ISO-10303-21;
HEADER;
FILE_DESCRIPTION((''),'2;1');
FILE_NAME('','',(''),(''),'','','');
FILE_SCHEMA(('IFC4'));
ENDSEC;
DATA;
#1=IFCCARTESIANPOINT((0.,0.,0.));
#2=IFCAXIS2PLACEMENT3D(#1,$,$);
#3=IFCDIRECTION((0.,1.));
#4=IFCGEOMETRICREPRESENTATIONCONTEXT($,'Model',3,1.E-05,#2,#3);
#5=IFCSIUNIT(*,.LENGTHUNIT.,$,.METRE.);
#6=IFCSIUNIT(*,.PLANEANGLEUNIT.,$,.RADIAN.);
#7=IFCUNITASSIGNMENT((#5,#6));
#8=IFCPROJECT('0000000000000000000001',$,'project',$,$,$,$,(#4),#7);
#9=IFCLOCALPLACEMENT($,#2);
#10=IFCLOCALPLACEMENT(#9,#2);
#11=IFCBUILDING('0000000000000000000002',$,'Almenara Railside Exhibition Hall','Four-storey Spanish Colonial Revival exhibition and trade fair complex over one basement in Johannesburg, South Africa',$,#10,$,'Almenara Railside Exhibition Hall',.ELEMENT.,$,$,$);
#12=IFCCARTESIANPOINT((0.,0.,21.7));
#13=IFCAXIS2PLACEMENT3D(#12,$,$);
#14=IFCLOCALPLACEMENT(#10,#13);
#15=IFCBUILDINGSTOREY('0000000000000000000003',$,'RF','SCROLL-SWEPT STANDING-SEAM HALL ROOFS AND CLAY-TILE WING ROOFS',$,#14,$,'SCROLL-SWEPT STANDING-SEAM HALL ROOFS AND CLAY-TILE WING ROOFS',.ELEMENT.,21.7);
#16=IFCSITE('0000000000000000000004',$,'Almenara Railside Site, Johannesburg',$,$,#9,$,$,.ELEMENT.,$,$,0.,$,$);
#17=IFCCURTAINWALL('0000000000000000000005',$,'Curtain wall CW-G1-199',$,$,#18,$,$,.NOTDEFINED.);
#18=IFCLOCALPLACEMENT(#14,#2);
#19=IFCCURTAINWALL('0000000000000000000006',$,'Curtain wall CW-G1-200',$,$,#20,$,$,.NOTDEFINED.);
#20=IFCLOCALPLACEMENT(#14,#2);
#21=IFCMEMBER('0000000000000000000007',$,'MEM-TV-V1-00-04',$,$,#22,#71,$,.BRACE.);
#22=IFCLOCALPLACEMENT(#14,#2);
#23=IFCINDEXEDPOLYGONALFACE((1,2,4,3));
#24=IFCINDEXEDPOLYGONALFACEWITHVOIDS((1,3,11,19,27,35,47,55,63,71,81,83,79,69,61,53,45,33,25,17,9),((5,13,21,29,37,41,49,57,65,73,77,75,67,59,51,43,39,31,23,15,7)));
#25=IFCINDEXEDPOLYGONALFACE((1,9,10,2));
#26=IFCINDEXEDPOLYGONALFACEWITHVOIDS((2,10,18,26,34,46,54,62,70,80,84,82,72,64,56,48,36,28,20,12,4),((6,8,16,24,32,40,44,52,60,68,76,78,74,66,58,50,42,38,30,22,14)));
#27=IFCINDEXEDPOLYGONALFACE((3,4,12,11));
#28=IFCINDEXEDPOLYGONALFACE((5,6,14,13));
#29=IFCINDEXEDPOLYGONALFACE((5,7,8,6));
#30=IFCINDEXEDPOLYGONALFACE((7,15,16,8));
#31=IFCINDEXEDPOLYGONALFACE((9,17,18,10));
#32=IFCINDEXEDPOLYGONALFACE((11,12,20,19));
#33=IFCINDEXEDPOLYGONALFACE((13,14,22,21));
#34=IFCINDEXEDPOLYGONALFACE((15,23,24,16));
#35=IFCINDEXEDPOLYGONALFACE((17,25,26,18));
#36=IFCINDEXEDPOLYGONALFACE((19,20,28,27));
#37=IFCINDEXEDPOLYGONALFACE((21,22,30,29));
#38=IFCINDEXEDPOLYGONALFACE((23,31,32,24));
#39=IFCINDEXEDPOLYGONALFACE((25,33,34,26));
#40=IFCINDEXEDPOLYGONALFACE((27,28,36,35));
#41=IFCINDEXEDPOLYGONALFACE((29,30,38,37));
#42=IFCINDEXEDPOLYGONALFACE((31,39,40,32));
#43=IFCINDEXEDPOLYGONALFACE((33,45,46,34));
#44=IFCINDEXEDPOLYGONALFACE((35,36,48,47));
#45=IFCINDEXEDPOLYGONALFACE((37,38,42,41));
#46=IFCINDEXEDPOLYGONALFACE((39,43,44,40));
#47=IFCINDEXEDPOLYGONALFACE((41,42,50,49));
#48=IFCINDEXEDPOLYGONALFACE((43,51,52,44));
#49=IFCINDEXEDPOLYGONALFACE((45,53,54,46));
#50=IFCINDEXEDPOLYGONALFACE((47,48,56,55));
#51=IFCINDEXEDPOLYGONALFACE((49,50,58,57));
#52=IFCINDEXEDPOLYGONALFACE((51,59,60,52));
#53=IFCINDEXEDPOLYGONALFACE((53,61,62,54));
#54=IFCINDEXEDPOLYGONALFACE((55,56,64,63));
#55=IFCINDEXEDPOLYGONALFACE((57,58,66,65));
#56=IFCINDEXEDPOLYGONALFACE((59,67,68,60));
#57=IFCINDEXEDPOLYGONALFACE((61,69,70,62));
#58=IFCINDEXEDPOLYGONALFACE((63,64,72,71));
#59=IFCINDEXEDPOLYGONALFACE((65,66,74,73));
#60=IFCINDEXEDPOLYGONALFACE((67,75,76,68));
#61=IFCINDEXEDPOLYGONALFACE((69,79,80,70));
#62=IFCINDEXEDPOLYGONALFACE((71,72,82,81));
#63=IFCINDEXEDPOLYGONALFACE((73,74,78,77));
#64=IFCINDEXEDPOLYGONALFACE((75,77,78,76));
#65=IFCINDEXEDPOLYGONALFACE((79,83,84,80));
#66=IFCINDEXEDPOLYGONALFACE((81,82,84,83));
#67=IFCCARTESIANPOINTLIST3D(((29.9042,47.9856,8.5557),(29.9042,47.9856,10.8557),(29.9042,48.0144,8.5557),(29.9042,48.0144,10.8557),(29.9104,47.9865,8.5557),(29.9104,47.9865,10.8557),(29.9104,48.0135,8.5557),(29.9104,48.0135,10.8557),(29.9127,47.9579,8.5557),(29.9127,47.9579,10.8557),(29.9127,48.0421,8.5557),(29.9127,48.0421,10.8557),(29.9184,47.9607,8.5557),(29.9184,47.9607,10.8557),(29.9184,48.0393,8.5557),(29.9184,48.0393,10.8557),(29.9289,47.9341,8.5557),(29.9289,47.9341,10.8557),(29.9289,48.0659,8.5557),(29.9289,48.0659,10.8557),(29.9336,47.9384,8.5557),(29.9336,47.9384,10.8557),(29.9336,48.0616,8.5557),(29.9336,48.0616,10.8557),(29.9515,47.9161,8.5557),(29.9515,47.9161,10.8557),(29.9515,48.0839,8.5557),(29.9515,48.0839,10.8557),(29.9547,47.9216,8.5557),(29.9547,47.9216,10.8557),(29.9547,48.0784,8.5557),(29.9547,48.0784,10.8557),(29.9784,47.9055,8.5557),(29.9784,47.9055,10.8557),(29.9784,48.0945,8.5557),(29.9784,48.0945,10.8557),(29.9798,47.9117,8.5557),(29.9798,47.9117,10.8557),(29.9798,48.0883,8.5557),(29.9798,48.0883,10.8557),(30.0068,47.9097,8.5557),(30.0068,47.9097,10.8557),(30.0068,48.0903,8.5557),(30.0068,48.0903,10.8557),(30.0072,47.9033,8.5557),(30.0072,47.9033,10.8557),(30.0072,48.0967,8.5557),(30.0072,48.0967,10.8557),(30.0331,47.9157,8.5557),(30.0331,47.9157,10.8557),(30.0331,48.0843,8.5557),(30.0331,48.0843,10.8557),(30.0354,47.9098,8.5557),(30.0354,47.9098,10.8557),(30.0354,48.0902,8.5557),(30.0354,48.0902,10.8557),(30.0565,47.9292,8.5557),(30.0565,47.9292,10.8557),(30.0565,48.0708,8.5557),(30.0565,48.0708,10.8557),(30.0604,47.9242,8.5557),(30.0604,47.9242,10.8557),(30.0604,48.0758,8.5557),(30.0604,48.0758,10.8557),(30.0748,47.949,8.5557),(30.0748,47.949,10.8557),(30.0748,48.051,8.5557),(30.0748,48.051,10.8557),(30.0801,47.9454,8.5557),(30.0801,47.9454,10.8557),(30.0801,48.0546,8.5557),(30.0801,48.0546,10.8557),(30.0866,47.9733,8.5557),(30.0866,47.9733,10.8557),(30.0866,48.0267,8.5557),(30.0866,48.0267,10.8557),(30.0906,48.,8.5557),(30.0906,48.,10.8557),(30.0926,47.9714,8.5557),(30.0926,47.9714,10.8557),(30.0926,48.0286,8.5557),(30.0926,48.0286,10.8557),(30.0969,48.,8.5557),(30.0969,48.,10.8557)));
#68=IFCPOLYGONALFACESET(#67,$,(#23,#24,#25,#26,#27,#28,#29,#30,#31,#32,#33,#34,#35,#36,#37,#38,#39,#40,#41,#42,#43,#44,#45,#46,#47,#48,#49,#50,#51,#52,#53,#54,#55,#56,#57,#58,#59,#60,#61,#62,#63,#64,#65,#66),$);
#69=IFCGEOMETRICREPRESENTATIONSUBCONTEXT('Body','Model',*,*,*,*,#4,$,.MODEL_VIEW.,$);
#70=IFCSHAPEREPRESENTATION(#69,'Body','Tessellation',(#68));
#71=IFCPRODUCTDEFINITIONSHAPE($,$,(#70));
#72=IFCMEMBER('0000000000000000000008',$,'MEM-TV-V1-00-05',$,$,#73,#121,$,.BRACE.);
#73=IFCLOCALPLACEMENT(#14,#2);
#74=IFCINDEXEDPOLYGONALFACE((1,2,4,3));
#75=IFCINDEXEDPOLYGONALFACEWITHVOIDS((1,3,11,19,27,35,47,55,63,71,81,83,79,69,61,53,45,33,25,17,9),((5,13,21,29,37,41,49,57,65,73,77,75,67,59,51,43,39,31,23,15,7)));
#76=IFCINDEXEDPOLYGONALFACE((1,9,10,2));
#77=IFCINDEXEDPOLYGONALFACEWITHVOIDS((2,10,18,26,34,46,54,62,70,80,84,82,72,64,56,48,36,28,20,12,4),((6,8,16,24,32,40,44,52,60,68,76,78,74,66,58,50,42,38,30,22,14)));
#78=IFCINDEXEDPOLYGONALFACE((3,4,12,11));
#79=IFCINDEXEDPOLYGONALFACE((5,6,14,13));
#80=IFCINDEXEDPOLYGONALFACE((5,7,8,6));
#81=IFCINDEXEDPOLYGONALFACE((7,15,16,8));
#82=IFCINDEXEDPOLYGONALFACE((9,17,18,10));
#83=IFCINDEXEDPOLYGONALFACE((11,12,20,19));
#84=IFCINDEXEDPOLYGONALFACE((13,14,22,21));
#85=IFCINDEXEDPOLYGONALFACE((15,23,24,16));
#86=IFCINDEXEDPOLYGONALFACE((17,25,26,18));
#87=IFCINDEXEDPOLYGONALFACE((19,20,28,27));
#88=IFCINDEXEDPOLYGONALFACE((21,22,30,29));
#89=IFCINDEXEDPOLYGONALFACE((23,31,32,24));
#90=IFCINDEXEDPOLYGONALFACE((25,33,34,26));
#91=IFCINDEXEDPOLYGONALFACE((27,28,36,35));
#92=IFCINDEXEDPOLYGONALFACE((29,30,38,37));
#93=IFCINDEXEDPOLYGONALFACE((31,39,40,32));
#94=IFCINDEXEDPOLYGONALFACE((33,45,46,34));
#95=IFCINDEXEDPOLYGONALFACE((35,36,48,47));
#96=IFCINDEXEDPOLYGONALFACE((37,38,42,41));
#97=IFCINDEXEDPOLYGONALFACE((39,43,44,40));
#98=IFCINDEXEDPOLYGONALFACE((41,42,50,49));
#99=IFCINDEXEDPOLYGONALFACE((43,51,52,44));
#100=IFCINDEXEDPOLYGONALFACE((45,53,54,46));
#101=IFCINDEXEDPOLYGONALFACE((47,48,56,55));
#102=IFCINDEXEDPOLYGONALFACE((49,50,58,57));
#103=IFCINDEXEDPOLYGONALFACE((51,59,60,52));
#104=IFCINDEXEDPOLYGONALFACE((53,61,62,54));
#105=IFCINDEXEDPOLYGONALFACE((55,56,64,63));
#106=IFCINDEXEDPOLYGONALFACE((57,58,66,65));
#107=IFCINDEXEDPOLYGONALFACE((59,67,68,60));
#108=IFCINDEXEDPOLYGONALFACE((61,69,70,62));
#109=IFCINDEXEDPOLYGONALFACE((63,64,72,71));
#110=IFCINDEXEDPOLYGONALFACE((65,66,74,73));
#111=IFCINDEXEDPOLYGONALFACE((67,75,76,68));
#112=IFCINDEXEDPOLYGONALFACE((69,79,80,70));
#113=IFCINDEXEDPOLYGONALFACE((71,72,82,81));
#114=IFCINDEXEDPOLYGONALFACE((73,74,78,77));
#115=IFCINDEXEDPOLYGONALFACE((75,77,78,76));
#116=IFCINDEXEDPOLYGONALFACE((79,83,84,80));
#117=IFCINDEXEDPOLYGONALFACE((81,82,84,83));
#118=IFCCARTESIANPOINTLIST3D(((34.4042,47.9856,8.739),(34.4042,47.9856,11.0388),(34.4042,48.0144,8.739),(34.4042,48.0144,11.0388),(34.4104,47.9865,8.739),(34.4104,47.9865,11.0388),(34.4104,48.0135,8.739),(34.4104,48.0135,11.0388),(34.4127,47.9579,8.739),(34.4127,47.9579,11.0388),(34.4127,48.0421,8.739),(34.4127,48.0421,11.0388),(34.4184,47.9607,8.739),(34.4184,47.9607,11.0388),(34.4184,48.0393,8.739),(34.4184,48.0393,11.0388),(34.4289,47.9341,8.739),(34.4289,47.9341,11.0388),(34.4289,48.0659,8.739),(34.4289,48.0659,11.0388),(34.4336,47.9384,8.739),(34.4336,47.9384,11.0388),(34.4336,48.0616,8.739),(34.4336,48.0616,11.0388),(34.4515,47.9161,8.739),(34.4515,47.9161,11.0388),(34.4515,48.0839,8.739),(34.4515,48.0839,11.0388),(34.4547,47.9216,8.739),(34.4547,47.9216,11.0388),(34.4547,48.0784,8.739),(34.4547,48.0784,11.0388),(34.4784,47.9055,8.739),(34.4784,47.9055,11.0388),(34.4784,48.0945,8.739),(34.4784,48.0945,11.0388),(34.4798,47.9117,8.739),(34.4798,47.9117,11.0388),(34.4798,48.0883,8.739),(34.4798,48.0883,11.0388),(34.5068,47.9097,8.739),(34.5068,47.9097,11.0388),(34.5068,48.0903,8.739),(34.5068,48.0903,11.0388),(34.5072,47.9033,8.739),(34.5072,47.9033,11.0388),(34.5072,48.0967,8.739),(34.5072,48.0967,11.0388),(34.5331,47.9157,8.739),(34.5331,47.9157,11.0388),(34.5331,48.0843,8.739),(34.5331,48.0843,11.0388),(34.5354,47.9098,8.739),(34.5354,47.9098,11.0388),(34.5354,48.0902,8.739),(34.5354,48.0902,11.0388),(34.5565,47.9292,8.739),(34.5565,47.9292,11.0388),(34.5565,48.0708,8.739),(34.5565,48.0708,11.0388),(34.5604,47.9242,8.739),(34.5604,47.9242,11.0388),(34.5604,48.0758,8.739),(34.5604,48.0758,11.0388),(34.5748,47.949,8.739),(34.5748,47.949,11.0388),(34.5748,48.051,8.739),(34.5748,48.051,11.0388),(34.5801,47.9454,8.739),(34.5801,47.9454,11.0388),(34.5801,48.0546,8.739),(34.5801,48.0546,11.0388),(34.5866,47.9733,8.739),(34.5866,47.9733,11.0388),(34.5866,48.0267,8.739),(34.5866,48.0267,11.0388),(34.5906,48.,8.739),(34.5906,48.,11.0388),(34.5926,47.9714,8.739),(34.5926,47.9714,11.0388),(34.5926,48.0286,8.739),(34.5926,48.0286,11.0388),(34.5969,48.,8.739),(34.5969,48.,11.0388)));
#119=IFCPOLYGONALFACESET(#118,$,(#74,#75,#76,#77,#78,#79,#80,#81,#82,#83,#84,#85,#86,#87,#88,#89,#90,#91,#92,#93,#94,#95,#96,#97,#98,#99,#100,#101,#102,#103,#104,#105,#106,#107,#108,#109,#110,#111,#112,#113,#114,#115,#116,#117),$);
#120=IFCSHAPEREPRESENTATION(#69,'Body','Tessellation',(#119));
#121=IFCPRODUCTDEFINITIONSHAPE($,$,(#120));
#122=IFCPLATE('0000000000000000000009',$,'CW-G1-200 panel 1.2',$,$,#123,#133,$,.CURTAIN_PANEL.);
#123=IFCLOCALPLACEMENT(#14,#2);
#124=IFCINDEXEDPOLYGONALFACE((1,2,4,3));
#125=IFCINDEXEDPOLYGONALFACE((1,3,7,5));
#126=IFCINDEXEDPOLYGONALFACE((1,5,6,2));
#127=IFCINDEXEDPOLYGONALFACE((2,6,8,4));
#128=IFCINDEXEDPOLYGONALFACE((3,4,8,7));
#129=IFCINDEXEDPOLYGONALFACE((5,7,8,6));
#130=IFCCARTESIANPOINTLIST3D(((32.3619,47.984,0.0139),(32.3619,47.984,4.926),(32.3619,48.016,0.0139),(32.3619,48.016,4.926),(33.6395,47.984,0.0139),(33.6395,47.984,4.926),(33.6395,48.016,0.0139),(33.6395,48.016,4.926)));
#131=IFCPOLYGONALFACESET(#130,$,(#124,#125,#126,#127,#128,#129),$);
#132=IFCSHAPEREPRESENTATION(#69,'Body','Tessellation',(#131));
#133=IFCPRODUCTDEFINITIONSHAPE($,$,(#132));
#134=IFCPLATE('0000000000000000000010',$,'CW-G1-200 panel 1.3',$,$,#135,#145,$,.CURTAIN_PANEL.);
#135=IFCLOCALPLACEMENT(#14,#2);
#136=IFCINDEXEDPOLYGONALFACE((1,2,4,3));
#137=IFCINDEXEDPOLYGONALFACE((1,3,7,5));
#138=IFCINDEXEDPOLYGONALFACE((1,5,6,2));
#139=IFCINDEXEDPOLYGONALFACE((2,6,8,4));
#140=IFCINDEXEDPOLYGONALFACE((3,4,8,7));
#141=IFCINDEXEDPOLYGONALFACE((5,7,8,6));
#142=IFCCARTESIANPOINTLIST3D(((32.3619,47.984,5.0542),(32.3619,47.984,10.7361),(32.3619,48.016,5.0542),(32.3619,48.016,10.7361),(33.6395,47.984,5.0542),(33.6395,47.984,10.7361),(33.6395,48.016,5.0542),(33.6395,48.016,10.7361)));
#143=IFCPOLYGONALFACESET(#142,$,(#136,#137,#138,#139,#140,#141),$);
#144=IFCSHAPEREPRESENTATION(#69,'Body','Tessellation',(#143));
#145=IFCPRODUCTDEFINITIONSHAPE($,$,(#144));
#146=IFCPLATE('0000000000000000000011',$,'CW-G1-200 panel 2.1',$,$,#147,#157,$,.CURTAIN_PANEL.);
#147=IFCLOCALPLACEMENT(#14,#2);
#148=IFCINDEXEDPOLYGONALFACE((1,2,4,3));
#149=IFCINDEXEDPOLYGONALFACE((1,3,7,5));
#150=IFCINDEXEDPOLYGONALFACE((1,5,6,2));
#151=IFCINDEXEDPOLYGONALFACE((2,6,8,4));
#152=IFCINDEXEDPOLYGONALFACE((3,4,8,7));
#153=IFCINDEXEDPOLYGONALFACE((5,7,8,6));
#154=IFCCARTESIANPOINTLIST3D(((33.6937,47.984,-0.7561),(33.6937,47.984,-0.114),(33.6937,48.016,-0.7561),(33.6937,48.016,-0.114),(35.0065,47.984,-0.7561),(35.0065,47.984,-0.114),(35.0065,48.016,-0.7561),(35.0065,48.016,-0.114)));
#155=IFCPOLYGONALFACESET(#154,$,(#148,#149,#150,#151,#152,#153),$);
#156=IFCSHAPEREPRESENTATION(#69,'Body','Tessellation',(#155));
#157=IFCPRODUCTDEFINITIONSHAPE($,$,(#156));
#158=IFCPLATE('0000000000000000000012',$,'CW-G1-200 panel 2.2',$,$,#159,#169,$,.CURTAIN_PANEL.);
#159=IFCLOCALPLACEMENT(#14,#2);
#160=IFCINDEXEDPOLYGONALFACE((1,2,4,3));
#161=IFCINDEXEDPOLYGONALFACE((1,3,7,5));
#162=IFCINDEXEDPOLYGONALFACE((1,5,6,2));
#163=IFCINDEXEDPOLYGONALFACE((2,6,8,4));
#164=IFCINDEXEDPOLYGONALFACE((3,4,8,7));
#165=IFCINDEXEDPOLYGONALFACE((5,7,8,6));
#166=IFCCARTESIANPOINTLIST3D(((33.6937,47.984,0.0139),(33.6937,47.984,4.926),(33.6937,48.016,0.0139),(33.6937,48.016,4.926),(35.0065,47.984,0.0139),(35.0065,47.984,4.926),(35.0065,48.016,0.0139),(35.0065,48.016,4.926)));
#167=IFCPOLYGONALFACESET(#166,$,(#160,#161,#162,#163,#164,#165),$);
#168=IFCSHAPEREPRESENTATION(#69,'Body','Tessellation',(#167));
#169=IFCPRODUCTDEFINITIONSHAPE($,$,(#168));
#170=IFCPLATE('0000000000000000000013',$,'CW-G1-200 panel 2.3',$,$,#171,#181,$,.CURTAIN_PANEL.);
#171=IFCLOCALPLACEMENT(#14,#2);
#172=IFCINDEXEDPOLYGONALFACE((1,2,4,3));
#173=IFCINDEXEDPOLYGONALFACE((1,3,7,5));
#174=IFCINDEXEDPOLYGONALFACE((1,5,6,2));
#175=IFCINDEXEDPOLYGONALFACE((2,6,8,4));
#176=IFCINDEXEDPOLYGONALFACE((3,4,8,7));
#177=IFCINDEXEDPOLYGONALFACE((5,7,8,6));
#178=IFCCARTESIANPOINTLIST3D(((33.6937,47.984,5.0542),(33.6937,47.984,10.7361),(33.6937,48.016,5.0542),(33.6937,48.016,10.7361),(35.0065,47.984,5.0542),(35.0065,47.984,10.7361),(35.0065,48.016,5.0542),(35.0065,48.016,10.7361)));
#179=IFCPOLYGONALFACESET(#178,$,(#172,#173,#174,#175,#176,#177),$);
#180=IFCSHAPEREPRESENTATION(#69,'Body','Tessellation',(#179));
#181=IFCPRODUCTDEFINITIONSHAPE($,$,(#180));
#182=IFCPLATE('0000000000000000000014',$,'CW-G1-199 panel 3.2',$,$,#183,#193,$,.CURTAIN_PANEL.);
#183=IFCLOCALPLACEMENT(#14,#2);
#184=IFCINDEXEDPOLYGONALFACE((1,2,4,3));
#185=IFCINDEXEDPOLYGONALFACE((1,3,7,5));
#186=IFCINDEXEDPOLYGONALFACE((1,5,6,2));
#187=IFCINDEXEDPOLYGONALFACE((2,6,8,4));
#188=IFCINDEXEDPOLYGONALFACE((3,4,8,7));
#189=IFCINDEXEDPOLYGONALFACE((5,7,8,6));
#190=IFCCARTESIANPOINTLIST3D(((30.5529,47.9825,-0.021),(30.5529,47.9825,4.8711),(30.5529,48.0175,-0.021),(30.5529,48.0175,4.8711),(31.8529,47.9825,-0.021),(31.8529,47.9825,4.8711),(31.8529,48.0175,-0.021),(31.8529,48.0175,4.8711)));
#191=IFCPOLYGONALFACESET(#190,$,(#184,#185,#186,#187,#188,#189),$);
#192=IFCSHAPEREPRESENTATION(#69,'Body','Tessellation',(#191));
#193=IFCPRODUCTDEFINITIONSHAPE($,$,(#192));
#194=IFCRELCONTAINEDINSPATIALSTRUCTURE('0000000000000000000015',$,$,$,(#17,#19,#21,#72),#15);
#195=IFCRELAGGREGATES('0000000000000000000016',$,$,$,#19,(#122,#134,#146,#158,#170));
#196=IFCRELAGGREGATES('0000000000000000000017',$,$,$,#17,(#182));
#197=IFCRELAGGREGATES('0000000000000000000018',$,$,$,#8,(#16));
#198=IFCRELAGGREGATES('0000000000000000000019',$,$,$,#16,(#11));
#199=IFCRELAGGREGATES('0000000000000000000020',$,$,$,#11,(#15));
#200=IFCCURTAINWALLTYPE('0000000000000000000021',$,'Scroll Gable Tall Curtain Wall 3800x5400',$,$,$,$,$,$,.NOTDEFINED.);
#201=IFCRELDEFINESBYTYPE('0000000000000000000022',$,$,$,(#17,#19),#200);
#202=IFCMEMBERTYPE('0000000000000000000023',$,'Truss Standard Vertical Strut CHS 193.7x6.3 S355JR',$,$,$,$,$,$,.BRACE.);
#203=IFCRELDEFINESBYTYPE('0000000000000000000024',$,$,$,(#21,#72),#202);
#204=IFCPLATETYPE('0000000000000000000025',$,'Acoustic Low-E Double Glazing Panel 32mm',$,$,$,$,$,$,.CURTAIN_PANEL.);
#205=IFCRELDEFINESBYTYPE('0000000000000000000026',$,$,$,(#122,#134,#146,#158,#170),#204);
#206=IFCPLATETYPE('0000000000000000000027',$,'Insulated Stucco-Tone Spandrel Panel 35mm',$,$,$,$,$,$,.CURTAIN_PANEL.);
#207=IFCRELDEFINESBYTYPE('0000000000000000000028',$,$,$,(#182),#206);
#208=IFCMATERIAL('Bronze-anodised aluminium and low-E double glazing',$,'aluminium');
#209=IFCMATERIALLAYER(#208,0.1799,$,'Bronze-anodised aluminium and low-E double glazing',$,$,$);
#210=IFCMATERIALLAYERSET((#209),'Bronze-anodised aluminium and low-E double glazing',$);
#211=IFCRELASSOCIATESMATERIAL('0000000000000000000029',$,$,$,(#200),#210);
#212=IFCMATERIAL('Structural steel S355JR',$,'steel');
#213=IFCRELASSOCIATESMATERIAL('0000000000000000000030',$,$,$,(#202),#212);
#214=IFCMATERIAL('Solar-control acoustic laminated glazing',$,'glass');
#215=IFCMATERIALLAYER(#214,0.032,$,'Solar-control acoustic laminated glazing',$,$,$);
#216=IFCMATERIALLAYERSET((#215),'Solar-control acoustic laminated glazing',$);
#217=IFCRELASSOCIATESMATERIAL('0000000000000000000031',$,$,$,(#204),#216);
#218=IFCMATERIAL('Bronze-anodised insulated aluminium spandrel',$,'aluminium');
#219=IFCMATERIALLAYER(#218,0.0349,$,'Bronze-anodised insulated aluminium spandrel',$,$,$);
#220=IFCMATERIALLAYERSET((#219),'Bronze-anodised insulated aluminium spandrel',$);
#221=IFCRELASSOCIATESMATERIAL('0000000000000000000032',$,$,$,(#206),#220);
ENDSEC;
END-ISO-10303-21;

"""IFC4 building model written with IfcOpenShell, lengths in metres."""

from ifc_helpers import new_model, si_unit, direction, frame, origin, origin_2d, place, context, subcontext, project, spatial, rectangle, hollow_circle, extrude, material, layer, layer_set, material_profile, profile_set, type_object, element, aggregate, save


model = new_model("IFC4")

# Units and contexts
model_context = context("Model", 3, precision=1e-05, world=origin(), true_north=direction((0.0, 1.0)))
body_context = subcontext(model_context, "Body", "Model", "MODEL_VIEW")
ifc_project = project(units=[si_unit("LENGTHUNIT", "METRE"), si_unit("PLANEANGLEUNIT", "RADIAN")], contexts=[model_context])

# Site, building, storey
site_placement = place(None, origin())
site = spatial("IfcSite", under=ifc_project, at=site_placement, Name="Almenara Railside Site, Johannesburg", CompositionType="ELEMENT", RefElevation=0.0)
building_placement = place(site_placement, origin())
building = spatial("IfcBuilding", under=site, at=building_placement, Name="Almenara Railside Exhibition Hall", Description="Four-storey Spanish Colonial Revival exhibition and trade fair complex over one basement in Johannesburg, South Africa", LongName="Almenara Railside Exhibition Hall", CompositionType="ELEMENT")
storey_placement = place(building_placement, frame((0.0, 0.0, 21.7)))
storey = spatial("IfcBuildingStorey", under=building, at=storey_placement, Name="RF", Description="SCROLL-SWEPT STANDING-SEAM HALL ROOFS AND CLAY-TILE WING ROOFS", LongName="SCROLL-SWEPT STANDING-SEAM HALL ROOFS AND CLAY-TILE WING ROOFS", CompositionType="ELEMENT", Elevation=21.7)

# Shared definitions
ifc_material_1 = material(Name="Structural steel S355JR", Category="steel")

# Curtain walls
ifc_material_2 = material(Name="Bronze-anodised aluminium and low-E double glazing", Category="aluminium")
ifc_layer_1 = layer(ifc_material_2, 0.1799, Name="Bronze-anodised aluminium and low-E double glazing")
ifc_layer_set_1 = layer_set([ifc_layer_1], Name="Bronze-anodised aluminium and low-E double glazing")
curtain_wall_type = type_object("IfcCurtainWallType", Name="Scroll Gable Tall Curtain Wall 3800x5400", PredefinedType="NOTDEFINED", material=ifc_layer_set_1)
curtain_wall_1_placement = place(storey_placement, origin())
curtain_wall_1 = element("IfcCurtainWall", 1, at=curtain_wall_1_placement, inside=storey, type_object=curtain_wall_type, Name="Curtain wall CW-G1-199", PredefinedType="NOTDEFINED")
curtain_wall_2_placement = place(storey_placement, origin())
curtain_wall_2 = element("IfcCurtainWall", 2, at=curtain_wall_2_placement, inside=storey, type_object=curtain_wall_type, Name="Curtain wall CW-G1-200", PredefinedType="NOTDEFINED")

# Members
ifc_material_profile_1 = material_profile(ifc_material_1, hollow_circle(Radius=0.0969, WallThickness=0.0063, at=origin_2d()), Name="CHS 193.7x6.3")
ifc_profile_set_1 = profile_set([ifc_material_profile_1], Name="Structural steel S355JR")
member_type_1 = type_object("IfcMemberType", Name="Truss Standard Vertical Strut CHS 193.7x6.3 S355JR", PredefinedType="BRACE", material=ifc_profile_set_1)
member_1_placement = place(storey_placement, frame((30.0, 48.0, 8.5557), z_axis=(0.0, 0.0, 1.0), x_axis=(1.0, 0.0, 0.0)))
element("IfcMember", 3, at=member_1_placement, inside=storey, type_object=member_type_1, Name="MEM-TV-V1-00-04", PredefinedType="BRACE", context=body_context, shape_type="SweptSolid", body=[
    extrude(hollow_circle(Radius=0.0969, WallThickness=0.0063, at=origin_2d()), origin(), (0.0, 0.0, 1.0), 2.3),
])
member_2_placement = place(storey_placement, frame((34.5, 48.0, 8.739), z_axis=(0.0, 0.0, 1.0), x_axis=(1.0, 0.0, 0.0)))
element("IfcMember", 4, at=member_2_placement, inside=storey, type_object=member_type_1, Name="MEM-TV-V1-00-05", PredefinedType="BRACE", context=body_context, shape_type="SweptSolid", body=[
    extrude(hollow_circle(Radius=0.0969, WallThickness=0.0063, at=origin_2d()), origin(), (0.0, 0.0, 1.0), 2.2998),
])

# Plates
ifc_material_3 = material(Name="Solar-control acoustic laminated glazing", Category="glass")
ifc_layer_2 = layer(ifc_material_3, 0.032, Name="Solar-control acoustic laminated glazing")
ifc_layer_set_2 = layer_set([ifc_layer_2], Name="Solar-control acoustic laminated glazing")
plate_type_1 = type_object("IfcPlateType", Name="Acoustic Low-E Double Glazing Panel 32mm", PredefinedType="CURTAIN_PANEL", material=ifc_layer_set_2)
plate_1_placement = place(storey_placement, frame((33.0007, 48.0, 0.0139), z_axis=(0.0, 0.0, 1.0), x_axis=(1.0, 0.0, 0.0)))
plate_1 = element("IfcPlate", 5, at=plate_1_placement, type_object=plate_type_1, Name="CW-G1-200 panel 1.2", PredefinedType="CURTAIN_PANEL", context=body_context, shape_type="SweptSolid", body=[
    extrude(rectangle(XDim=1.2776, YDim=0.032, at=origin_2d()), origin(), (0.0, 0.0, 1.0), 4.9121),
])
plate_2_placement = place(storey_placement, frame((33.0007, 48.0, 5.0542), z_axis=(0.0, 0.0, 1.0), x_axis=(1.0, 0.0, 0.0)))
plate_2 = element("IfcPlate", 6, at=plate_2_placement, type_object=plate_type_1, Name="CW-G1-200 panel 1.3", PredefinedType="CURTAIN_PANEL", context=body_context, shape_type="SweptSolid", body=[
    extrude(rectangle(XDim=1.2776, YDim=0.032, at=origin_2d()), origin(), (0.0, 0.0, 1.0), 5.6819),
])
plate_3_placement = place(storey_placement, frame((34.3501, 48.0, -0.7561), z_axis=(0.0, 0.0, 1.0), x_axis=(1.0, 0.0, 0.0)))
plate_3 = element("IfcPlate", 7, at=plate_3_placement, type_object=plate_type_1, Name="CW-G1-200 panel 2.1", PredefinedType="CURTAIN_PANEL", context=body_context, shape_type="SweptSolid", body=[
    extrude(rectangle(XDim=1.3127, YDim=0.032, at=origin_2d()), origin(), (0.0, 0.0, 1.0), 0.6421),
])
plate_4_placement = place(storey_placement, frame((34.3501, 48.0, 0.0139), z_axis=(0.0, 0.0, 1.0), x_axis=(1.0, 0.0, 0.0)))
plate_4 = element("IfcPlate", 8, at=plate_4_placement, type_object=plate_type_1, Name="CW-G1-200 panel 2.2", PredefinedType="CURTAIN_PANEL", context=body_context, shape_type="SweptSolid", body=[
    extrude(rectangle(XDim=1.3127, YDim=0.032, at=origin_2d()), origin(), (0.0, 0.0, 1.0), 4.9121),
])
plate_5_placement = place(storey_placement, frame((34.3501, 48.0, 5.0542), z_axis=(0.0, 0.0, 1.0), x_axis=(1.0, 0.0, 0.0)))
plate_5 = element("IfcPlate", 9, at=plate_5_placement, type_object=plate_type_1, Name="CW-G1-200 panel 2.3", PredefinedType="CURTAIN_PANEL", context=body_context, shape_type="SweptSolid", body=[
    extrude(rectangle(XDim=1.3127, YDim=0.032, at=origin_2d()), origin(), (0.0, 0.0, 1.0), 5.6819),
])
aggregate(curtain_wall_2, [plate_1, plate_2, plate_3, plate_4, plate_5])
ifc_material_4 = material(Name="Bronze-anodised insulated aluminium spandrel", Category="aluminium")
ifc_layer_3 = layer(ifc_material_4, 0.0349, Name="Bronze-anodised insulated aluminium spandrel")
ifc_layer_set_3 = layer_set([ifc_layer_3], Name="Bronze-anodised insulated aluminium spandrel")
plate_type_2 = type_object("IfcPlateType", Name="Insulated Stucco-Tone Spandrel Panel 35mm", PredefinedType="CURTAIN_PANEL", material=ifc_layer_set_3)
plate_6_placement = place(storey_placement, frame((31.2029, 48.0, -0.021), z_axis=(0.0, 0.0, 1.0), x_axis=(1.0, 0.0, 0.0)))
plate_6 = element("IfcPlate", 10, at=plate_6_placement, type_object=plate_type_2, Name="CW-G1-199 panel 3.2", PredefinedType="CURTAIN_PANEL", context=body_context, shape_type="SweptSolid", body=[
    extrude(rectangle(XDim=1.3, YDim=0.0349, at=origin_2d()), origin(), (0.0, 0.0, 1.0), 4.8921),
])
aggregate(curtain_wall_1, [plate_6])

save(model, "model.ifc")
